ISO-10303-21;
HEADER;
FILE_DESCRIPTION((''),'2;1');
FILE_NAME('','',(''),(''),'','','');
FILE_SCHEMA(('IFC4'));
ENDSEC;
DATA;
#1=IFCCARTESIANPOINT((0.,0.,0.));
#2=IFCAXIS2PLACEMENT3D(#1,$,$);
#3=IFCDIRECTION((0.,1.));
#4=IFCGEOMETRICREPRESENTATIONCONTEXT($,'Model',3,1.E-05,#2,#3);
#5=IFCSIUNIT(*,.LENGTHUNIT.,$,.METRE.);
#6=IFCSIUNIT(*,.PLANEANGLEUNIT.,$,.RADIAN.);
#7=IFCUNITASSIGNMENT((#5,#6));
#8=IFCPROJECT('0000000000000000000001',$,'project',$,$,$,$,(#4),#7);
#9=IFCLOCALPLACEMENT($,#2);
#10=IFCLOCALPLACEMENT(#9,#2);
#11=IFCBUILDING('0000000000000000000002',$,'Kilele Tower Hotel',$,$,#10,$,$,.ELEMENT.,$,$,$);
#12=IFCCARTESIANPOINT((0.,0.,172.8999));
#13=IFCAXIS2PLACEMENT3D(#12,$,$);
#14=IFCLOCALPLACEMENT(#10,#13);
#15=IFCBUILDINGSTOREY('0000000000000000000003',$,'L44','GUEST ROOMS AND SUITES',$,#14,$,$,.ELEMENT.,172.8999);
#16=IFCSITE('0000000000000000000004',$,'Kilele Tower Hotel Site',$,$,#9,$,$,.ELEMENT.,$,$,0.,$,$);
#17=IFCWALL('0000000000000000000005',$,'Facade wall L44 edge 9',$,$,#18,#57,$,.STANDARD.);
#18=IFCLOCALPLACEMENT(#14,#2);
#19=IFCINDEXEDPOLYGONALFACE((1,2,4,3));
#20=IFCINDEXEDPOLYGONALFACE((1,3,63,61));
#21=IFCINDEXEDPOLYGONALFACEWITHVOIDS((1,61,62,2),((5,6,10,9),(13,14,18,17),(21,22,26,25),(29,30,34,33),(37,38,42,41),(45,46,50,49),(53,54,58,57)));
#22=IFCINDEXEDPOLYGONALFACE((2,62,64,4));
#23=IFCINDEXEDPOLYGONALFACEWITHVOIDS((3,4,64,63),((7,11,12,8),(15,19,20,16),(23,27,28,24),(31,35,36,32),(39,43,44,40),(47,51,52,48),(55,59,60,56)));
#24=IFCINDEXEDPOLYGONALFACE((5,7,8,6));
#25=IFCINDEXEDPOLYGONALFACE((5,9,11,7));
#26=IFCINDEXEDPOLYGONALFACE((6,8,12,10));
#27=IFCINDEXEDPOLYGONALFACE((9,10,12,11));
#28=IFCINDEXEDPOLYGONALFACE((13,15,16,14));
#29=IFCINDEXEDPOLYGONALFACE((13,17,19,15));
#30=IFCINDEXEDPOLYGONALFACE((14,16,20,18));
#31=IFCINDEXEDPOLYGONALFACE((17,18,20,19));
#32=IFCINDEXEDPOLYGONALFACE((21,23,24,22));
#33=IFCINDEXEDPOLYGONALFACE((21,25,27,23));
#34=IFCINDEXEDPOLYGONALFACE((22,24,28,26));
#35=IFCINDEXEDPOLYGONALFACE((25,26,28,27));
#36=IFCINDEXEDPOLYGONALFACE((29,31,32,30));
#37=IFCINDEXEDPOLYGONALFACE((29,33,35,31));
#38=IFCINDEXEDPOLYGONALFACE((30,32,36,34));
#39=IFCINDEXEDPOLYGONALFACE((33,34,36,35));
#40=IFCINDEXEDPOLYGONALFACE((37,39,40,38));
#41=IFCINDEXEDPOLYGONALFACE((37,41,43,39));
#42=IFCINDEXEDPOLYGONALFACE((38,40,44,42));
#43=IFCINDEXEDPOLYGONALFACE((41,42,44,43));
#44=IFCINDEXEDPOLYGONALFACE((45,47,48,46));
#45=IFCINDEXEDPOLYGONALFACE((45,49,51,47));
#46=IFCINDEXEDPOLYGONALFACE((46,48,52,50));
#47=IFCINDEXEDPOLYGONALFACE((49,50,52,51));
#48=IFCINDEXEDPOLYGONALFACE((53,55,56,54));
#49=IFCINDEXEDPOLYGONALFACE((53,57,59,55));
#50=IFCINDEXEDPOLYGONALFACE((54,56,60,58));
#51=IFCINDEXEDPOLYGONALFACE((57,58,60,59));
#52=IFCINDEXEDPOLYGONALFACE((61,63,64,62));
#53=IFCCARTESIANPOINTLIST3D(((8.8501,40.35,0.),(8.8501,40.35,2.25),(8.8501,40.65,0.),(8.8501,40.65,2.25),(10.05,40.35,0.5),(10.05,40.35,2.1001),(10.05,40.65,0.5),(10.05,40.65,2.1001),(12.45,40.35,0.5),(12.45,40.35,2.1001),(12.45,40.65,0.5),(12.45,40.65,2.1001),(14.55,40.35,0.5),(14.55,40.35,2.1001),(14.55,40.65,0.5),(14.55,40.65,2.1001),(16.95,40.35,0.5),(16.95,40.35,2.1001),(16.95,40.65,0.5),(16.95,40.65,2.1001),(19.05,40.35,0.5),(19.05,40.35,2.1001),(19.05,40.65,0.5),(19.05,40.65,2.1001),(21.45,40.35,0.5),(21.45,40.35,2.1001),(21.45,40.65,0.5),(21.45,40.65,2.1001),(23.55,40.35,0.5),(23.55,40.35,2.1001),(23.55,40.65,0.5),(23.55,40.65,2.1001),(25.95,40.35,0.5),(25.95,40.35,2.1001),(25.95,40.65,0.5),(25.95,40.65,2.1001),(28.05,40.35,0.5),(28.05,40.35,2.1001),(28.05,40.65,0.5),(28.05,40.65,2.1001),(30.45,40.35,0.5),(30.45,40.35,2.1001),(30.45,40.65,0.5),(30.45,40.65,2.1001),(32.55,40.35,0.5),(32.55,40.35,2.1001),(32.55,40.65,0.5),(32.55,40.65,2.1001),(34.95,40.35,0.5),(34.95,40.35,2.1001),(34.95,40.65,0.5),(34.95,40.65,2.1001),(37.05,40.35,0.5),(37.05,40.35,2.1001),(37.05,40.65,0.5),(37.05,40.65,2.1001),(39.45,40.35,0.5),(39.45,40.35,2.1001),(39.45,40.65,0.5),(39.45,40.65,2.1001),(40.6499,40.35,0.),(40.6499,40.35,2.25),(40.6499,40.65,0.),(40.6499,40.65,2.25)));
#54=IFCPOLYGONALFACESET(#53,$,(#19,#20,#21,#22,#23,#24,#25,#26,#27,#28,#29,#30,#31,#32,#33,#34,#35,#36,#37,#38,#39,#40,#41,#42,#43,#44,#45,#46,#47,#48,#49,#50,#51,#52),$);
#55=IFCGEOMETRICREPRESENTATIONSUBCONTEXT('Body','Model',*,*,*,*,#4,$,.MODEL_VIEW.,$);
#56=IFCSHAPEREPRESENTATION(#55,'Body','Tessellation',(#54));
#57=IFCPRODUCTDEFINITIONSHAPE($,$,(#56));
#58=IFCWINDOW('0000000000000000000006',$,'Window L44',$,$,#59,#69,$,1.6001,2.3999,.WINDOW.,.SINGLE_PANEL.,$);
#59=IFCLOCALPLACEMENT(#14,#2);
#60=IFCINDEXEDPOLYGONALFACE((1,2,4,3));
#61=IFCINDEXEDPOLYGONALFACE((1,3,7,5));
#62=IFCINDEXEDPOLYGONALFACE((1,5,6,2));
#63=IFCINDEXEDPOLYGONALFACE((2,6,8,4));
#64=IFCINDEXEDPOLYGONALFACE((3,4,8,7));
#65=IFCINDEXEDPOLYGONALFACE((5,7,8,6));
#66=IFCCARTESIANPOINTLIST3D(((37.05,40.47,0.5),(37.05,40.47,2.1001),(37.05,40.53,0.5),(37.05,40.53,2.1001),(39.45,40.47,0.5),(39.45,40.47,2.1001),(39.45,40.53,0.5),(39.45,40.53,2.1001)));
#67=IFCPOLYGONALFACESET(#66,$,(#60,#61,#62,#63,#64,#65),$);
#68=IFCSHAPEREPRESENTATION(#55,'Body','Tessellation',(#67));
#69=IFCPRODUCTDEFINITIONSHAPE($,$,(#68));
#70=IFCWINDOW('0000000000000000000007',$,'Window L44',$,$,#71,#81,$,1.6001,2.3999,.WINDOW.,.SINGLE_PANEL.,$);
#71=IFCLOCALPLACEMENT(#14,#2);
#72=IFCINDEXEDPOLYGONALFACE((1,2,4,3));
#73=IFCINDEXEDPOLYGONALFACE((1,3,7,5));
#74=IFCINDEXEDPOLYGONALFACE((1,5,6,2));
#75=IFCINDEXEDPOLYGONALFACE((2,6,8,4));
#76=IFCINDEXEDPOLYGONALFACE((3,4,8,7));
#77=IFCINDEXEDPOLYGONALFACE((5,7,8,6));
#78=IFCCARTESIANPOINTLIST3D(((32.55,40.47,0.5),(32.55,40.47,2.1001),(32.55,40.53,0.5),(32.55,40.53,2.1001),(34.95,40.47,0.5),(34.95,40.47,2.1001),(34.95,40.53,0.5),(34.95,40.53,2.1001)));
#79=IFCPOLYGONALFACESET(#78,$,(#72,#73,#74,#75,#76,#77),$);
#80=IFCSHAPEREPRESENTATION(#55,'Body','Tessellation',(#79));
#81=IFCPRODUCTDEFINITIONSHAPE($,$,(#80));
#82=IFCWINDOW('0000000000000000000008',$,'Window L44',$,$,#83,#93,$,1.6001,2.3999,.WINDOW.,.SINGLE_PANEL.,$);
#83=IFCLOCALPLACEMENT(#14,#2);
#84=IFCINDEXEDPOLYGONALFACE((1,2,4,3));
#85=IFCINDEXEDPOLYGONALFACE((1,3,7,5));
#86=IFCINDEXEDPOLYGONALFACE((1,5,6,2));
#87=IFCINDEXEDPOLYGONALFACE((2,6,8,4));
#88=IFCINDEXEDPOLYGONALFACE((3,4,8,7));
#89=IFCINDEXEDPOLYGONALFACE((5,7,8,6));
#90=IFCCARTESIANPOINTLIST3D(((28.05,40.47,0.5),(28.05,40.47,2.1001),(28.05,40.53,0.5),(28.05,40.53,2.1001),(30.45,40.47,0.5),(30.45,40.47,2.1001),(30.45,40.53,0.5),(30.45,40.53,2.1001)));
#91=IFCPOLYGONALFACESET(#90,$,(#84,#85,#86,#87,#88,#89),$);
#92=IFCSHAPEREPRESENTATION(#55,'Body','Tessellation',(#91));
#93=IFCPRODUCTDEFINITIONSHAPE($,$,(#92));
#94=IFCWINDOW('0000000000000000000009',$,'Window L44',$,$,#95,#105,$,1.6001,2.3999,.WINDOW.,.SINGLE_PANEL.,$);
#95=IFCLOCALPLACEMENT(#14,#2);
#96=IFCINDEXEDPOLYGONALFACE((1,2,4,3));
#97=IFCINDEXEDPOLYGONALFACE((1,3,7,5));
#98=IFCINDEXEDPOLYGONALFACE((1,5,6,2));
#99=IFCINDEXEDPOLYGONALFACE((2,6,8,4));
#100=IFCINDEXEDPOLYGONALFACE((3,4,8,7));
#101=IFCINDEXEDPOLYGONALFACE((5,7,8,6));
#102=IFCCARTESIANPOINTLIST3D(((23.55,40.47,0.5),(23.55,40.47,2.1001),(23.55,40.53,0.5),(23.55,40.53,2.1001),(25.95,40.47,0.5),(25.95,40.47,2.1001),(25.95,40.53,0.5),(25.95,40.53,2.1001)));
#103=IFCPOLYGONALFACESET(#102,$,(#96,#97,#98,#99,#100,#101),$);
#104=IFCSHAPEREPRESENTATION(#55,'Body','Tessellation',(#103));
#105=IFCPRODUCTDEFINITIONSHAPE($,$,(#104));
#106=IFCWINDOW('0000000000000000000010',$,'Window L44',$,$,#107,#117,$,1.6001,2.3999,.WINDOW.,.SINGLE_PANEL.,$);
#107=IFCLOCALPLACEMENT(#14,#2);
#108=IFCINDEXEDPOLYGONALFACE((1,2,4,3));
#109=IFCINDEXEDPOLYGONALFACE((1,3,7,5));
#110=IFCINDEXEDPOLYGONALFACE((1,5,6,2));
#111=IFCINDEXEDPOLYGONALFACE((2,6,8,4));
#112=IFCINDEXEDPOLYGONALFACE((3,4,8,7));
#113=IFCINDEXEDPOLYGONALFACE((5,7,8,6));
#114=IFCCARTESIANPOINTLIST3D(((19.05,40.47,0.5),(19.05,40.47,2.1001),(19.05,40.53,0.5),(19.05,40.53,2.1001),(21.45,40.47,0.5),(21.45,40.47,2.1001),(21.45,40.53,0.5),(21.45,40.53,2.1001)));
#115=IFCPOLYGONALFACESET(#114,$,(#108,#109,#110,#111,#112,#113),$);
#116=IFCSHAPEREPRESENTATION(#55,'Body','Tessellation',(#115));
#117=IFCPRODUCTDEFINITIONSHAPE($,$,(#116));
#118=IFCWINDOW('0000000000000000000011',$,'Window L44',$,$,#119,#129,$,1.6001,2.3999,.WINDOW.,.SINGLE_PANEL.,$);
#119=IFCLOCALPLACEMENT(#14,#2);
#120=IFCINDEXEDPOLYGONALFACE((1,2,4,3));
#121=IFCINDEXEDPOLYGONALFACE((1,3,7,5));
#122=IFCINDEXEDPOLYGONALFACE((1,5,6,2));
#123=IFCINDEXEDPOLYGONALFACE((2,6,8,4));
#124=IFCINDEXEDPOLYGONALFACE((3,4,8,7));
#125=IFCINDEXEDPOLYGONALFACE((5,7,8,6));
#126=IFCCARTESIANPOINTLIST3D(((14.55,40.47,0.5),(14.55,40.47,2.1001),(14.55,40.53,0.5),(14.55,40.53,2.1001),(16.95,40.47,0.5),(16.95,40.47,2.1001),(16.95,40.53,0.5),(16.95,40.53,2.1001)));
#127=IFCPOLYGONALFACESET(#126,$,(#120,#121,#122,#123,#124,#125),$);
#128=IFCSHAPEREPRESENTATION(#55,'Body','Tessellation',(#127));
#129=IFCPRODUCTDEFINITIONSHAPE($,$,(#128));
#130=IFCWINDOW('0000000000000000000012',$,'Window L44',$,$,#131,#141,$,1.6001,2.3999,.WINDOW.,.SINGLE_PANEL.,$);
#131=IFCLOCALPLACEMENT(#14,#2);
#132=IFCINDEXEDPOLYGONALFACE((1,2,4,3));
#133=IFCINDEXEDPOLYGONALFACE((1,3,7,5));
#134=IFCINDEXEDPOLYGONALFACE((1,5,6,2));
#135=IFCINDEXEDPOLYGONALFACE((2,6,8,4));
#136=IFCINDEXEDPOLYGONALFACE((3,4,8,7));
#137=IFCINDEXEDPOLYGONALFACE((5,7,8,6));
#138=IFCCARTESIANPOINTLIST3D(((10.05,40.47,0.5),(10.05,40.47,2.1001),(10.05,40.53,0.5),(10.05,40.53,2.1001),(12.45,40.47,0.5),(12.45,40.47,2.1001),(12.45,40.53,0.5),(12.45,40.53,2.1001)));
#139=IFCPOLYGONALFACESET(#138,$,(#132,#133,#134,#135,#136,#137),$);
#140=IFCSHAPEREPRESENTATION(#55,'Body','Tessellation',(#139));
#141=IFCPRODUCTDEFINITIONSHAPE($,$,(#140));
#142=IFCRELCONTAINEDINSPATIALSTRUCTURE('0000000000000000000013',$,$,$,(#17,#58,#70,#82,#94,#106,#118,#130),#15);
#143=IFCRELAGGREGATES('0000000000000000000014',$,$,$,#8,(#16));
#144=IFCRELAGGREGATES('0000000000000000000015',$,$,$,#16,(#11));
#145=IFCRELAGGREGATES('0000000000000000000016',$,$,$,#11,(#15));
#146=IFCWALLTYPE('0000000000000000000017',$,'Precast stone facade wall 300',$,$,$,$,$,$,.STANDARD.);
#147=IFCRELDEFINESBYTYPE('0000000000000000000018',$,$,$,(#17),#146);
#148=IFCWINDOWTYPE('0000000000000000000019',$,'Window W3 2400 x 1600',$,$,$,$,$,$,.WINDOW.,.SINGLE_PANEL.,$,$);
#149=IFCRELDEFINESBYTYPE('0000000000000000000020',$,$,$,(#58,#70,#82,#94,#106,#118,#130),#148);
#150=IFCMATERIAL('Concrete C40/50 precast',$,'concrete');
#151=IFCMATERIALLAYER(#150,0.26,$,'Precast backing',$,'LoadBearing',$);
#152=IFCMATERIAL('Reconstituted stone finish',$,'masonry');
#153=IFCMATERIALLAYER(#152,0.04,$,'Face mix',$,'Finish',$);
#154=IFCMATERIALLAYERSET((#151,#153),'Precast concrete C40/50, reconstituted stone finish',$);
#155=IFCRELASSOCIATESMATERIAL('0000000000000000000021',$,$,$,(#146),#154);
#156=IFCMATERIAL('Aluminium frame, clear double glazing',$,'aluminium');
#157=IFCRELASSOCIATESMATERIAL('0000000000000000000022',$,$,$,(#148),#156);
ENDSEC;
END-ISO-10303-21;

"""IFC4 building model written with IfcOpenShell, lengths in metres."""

from ifc_helpers import new_model, si_unit, direction, frame, frame_2d, origin, place, context, subcontext, project, spatial, rectangle, extrude, material, layer, layer_set, type_object, element, fill, save


model = new_model("IFC4")

# Units and contexts
model_context = context("Model", 3, precision=1e-05, world=origin(), true_north=direction((0.0, 1.0)))
body_context = subcontext(model_context, "Body", "Model", "MODEL_VIEW")
ifc_project = project(units=[si_unit("LENGTHUNIT", "METRE"), si_unit("PLANEANGLEUNIT", "RADIAN")], contexts=[model_context])

# Site, building, storey
site_placement = place(None, origin())
site = spatial("IfcSite", under=ifc_project, at=site_placement, Name="Kilele Tower Hotel Site", CompositionType="ELEMENT", RefElevation=0.0)
building_placement = place(site_placement, origin())
building = spatial("IfcBuilding", under=site, at=building_placement, Name="Kilele Tower Hotel", CompositionType="ELEMENT")
storey_placement = place(building_placement, frame((0.0, 0.0, 172.8999)))
storey = spatial("IfcBuildingStorey", under=building, at=storey_placement, Name="L44", Description="GUEST ROOMS AND SUITES", CompositionType="ELEMENT", Elevation=172.8999)

# Shared definitions
ifc_material_1 = material(Name="Concrete C40/50 precast", Category="concrete")
ifc_layer_1 = layer(ifc_material_1, 0.26, Name="Precast backing", Category="LoadBearing")
ifc_material_2 = material(Name="Reconstituted stone finish", Category="masonry")
ifc_layer_2 = layer(ifc_material_2, 0.04, Name="Face mix", Category="Finish")
ifc_layer_set_1 = layer_set([ifc_layer_1, ifc_layer_2], Name="Precast concrete C40/50, reconstituted stone finish")
wall_type_1 = type_object("IfcWallType", Name="Precast stone facade wall 300", PredefinedType="STANDARD", material=ifc_layer_set_1)
ifc_material_3 = material(Name="Aluminium frame, clear double glazing", Category="aluminium")
window_type = type_object("IfcWindowType", Name="Window W3 2400 x 1600", PartitioningType="SINGLE_PANEL", PredefinedType="WINDOW", material=ifc_material_3)

# Wall, openings, windows
wall_1_placement = place(storey_placement, frame((40.6499, 40.5, 0.0), z_axis=(0.0, 0.0, 1.0), x_axis=(-1.0, 0.0, 0.0)))
wall_1 = element("IfcWall", 1, at=wall_1_placement, inside=storey, type_object=wall_type_1, Name="Facade wall L44 edge 9", PredefinedType="STANDARD", context=body_context, shape_type="SweptSolid", body=[
    extrude(rectangle(XDim=31.7998, YDim=0.3, at=frame_2d((15.8999, 0.0))), origin(), (0.0, 0.0, 1.0), 2.25),
])
opening_1_placement = place(wall_1_placement, frame((1.2, 0.0, 0.5)))
opening_1 = element("IfcOpeningElement", 2, at=opening_1_placement, cuts=wall_1, PredefinedType="OPENING", context=body_context, shape_type="SweptSolid", body=[
    extrude(rectangle(XDim=2.3999, YDim=1.6001, at=frame_2d((1.2, 0.8))), frame((0.0, 0.1599, 0.0), z_axis=(0.0, -1.0, 0.0), x_axis=(1.0, 0.0, 0.0)), (0.0, 0.0, 1.0), 0.3201),
])
opening_2_placement = place(wall_1_placement, frame((5.7, 0.0, 0.5)))
opening_2 = element("IfcOpeningElement", 3, at=opening_2_placement, cuts=wall_1, PredefinedType="OPENING", context=body_context, shape_type="SweptSolid", body=[
    extrude(rectangle(XDim=2.3999, YDim=1.6001, at=frame_2d((1.2, 0.8))), frame((0.0, 0.1599, 0.0), z_axis=(0.0, -1.0, 0.0), x_axis=(1.0, 0.0, 0.0)), (0.0, 0.0, 1.0), 0.3201),
])
opening_3_placement = place(wall_1_placement, frame((10.2, 0.0, 0.5)))
opening_3 = element("IfcOpeningElement", 4, at=opening_3_placement, cuts=wall_1, PredefinedType="OPENING", context=body_context, shape_type="SweptSolid", body=[
    extrude(rectangle(XDim=2.3999, YDim=1.6001, at=frame_2d((1.2, 0.8))), frame((0.0, 0.1599, 0.0), z_axis=(0.0, -1.0, 0.0), x_axis=(1.0, 0.0, 0.0)), (0.0, 0.0, 1.0), 0.3201),
])
opening_4_placement = place(wall_1_placement, frame((14.7, 0.0, 0.5)))
opening_4 = element("IfcOpeningElement", 5, at=opening_4_placement, cuts=wall_1, PredefinedType="OPENING", context=body_context, shape_type="SweptSolid", body=[
    extrude(rectangle(XDim=2.3999, YDim=1.6001, at=frame_2d((1.2, 0.8))), frame((0.0, 0.1599, 0.0), z_axis=(0.0, -1.0, 0.0), x_axis=(1.0, 0.0, 0.0)), (0.0, 0.0, 1.0), 0.3201),
])
opening_5_placement = place(wall_1_placement, frame((19.2, 0.0, 0.5)))
opening_5 = element("IfcOpeningElement", 6, at=opening_5_placement, cuts=wall_1, PredefinedType="OPENING", context=body_context, shape_type="SweptSolid", body=[
    extrude(rectangle(XDim=2.3999, YDim=1.6001, at=frame_2d((1.2, 0.8))), frame((0.0, 0.1599, 0.0), z_axis=(0.0, -1.0, 0.0), x_axis=(1.0, 0.0, 0.0)), (0.0, 0.0, 1.0), 0.3201),
])
opening_6_placement = place(wall_1_placement, frame((23.7, 0.0, 0.5)))
opening_6 = element("IfcOpeningElement", 7, at=opening_6_placement, cuts=wall_1, PredefinedType="OPENING", context=body_context, shape_type="SweptSolid", body=[
    extrude(rectangle(XDim=2.3999, YDim=1.6001, at=frame_2d((1.2, 0.8))), frame((0.0, 0.1599, 0.0), z_axis=(0.0, -1.0, 0.0), x_axis=(1.0, 0.0, 0.0)), (0.0, 0.0, 1.0), 0.3201),
])
opening_7_placement = place(wall_1_placement, frame((28.2, 0.0, 0.5)))
opening_7 = element("IfcOpeningElement", 8, at=opening_7_placement, cuts=wall_1, PredefinedType="OPENING", context=body_context, shape_type="SweptSolid", body=[
    extrude(rectangle(XDim=2.3999, YDim=1.6001, at=frame_2d((1.2, 0.8))), frame((0.0, 0.1599, 0.0), z_axis=(0.0, -1.0, 0.0), x_axis=(1.0, 0.0, 0.0)), (0.0, 0.0, 1.0), 0.3201),
])
window_1_placement = place(opening_1_placement, origin())
window_1 = element("IfcWindow", 9, at=window_1_placement, inside=storey, type_object=window_type, Name="Window L44", OverallHeight=1.6001, OverallWidth=2.3999, PartitioningType="SINGLE_PANEL", PredefinedType="WINDOW", context=body_context, shape_type="SweptSolid", body=[
    extrude(rectangle(XDim=2.3999, YDim=1.6001, at=frame_2d((1.2, 0.8))), frame((0.0, 0.03, 0.0), z_axis=(0.0, -1.0, 0.0), x_axis=(1.0, 0.0, 0.0)), (0.0, 0.0, 1.0), 0.0601),
])
fill(opening_1, window_1)
window_2_placement = place(opening_2_placement, origin())
window_2 = element("IfcWindow", 10, at=window_2_placement, inside=storey, type_object=window_type, Name="Window L44", OverallHeight=1.6001, OverallWidth=2.3999, PartitioningType="SINGLE_PANEL", PredefinedType="WINDOW", context=body_context, shape_type="SweptSolid", body=[
    extrude(rectangle(XDim=2.3999, YDim=1.6001, at=frame_2d((1.2, 0.8))), frame((0.0, 0.03, 0.0), z_axis=(0.0, -1.0, 0.0), x_axis=(1.0, 0.0, 0.0)), (0.0, 0.0, 1.0), 0.0601),
])
fill(opening_2, window_2)
window_3_placement = place(opening_3_placement, origin())
window_3 = element("IfcWindow", 11, at=window_3_placement, inside=storey, type_object=window_type, Name="Window L44", OverallHeight=1.6001, OverallWidth=2.3999, PartitioningType="SINGLE_PANEL", PredefinedType="WINDOW", context=body_context, shape_type="SweptSolid", body=[
    extrude(rectangle(XDim=2.3999, YDim=1.6001, at=frame_2d((1.2, 0.8))), frame((0.0, 0.03, 0.0), z_axis=(0.0, -1.0, 0.0), x_axis=(1.0, 0.0, 0.0)), (0.0, 0.0, 1.0), 0.0601),
])
fill(opening_3, window_3)
window_4_placement = place(opening_4_placement, origin())
window_4 = element("IfcWindow", 12, at=window_4_placement, inside=storey, type_object=window_type, Name="Window L44", OverallHeight=1.6001, OverallWidth=2.3999, PartitioningType="SINGLE_PANEL", PredefinedType="WINDOW", context=body_context, shape_type="SweptSolid", body=[
    extrude(rectangle(XDim=2.3999, YDim=1.6001, at=frame_2d((1.2, 0.8))), frame((0.0, 0.03, 0.0), z_axis=(0.0, -1.0, 0.0), x_axis=(1.0, 0.0, 0.0)), (0.0, 0.0, 1.0), 0.0601),
])
fill(opening_4, window_4)
window_5_placement = place(opening_5_placement, origin())
window_5 = element("IfcWindow", 13, at=window_5_placement, inside=storey, type_object=window_type, Name="Window L44", OverallHeight=1.6001, OverallWidth=2.3999, PartitioningType="SINGLE_PANEL", PredefinedType="WINDOW", context=body_context, shape_type="SweptSolid", body=[
    extrude(rectangle(XDim=2.3999, YDim=1.6001, at=frame_2d((1.2, 0.8))), frame((0.0, 0.03, 0.0), z_axis=(0.0, -1.0, 0.0), x_axis=(1.0, 0.0, 0.0)), (0.0, 0.0, 1.0), 0.0601),
])
fill(opening_5, window_5)
window_6_placement = place(opening_6_placement, origin())
window_6 = element("IfcWindow", 14, at=window_6_placement, inside=storey, type_object=window_type, Name="Window L44", OverallHeight=1.6001, OverallWidth=2.3999, PartitioningType="SINGLE_PANEL", PredefinedType="WINDOW", context=body_context, shape_type="SweptSolid", body=[
    extrude(rectangle(XDim=2.3999, YDim=1.6001, at=frame_2d((1.2, 0.8))), frame((0.0, 0.03, 0.0), z_axis=(0.0, -1.0, 0.0), x_axis=(1.0, 0.0, 0.0)), (0.0, 0.0, 1.0), 0.0601),
])
fill(opening_6, window_6)
window_7_placement = place(opening_7_placement, origin())
window_7 = element("IfcWindow", 15, at=window_7_placement, inside=storey, type_object=window_type, Name="Window L44", OverallHeight=1.6001, OverallWidth=2.3999, PartitioningType="SINGLE_PANEL", PredefinedType="WINDOW", context=body_context, shape_type="SweptSolid", body=[
    extrude(rectangle(XDim=2.3999, YDim=1.6001, at=frame_2d((1.2, 0.8))), frame((0.0, 0.03, 0.0), z_axis=(0.0, -1.0, 0.0), x_axis=(1.0, 0.0, 0.0)), (0.0, 0.0, 1.0), 0.0601),
])
fill(opening_7, window_7)

save(model, "model.ifc")
